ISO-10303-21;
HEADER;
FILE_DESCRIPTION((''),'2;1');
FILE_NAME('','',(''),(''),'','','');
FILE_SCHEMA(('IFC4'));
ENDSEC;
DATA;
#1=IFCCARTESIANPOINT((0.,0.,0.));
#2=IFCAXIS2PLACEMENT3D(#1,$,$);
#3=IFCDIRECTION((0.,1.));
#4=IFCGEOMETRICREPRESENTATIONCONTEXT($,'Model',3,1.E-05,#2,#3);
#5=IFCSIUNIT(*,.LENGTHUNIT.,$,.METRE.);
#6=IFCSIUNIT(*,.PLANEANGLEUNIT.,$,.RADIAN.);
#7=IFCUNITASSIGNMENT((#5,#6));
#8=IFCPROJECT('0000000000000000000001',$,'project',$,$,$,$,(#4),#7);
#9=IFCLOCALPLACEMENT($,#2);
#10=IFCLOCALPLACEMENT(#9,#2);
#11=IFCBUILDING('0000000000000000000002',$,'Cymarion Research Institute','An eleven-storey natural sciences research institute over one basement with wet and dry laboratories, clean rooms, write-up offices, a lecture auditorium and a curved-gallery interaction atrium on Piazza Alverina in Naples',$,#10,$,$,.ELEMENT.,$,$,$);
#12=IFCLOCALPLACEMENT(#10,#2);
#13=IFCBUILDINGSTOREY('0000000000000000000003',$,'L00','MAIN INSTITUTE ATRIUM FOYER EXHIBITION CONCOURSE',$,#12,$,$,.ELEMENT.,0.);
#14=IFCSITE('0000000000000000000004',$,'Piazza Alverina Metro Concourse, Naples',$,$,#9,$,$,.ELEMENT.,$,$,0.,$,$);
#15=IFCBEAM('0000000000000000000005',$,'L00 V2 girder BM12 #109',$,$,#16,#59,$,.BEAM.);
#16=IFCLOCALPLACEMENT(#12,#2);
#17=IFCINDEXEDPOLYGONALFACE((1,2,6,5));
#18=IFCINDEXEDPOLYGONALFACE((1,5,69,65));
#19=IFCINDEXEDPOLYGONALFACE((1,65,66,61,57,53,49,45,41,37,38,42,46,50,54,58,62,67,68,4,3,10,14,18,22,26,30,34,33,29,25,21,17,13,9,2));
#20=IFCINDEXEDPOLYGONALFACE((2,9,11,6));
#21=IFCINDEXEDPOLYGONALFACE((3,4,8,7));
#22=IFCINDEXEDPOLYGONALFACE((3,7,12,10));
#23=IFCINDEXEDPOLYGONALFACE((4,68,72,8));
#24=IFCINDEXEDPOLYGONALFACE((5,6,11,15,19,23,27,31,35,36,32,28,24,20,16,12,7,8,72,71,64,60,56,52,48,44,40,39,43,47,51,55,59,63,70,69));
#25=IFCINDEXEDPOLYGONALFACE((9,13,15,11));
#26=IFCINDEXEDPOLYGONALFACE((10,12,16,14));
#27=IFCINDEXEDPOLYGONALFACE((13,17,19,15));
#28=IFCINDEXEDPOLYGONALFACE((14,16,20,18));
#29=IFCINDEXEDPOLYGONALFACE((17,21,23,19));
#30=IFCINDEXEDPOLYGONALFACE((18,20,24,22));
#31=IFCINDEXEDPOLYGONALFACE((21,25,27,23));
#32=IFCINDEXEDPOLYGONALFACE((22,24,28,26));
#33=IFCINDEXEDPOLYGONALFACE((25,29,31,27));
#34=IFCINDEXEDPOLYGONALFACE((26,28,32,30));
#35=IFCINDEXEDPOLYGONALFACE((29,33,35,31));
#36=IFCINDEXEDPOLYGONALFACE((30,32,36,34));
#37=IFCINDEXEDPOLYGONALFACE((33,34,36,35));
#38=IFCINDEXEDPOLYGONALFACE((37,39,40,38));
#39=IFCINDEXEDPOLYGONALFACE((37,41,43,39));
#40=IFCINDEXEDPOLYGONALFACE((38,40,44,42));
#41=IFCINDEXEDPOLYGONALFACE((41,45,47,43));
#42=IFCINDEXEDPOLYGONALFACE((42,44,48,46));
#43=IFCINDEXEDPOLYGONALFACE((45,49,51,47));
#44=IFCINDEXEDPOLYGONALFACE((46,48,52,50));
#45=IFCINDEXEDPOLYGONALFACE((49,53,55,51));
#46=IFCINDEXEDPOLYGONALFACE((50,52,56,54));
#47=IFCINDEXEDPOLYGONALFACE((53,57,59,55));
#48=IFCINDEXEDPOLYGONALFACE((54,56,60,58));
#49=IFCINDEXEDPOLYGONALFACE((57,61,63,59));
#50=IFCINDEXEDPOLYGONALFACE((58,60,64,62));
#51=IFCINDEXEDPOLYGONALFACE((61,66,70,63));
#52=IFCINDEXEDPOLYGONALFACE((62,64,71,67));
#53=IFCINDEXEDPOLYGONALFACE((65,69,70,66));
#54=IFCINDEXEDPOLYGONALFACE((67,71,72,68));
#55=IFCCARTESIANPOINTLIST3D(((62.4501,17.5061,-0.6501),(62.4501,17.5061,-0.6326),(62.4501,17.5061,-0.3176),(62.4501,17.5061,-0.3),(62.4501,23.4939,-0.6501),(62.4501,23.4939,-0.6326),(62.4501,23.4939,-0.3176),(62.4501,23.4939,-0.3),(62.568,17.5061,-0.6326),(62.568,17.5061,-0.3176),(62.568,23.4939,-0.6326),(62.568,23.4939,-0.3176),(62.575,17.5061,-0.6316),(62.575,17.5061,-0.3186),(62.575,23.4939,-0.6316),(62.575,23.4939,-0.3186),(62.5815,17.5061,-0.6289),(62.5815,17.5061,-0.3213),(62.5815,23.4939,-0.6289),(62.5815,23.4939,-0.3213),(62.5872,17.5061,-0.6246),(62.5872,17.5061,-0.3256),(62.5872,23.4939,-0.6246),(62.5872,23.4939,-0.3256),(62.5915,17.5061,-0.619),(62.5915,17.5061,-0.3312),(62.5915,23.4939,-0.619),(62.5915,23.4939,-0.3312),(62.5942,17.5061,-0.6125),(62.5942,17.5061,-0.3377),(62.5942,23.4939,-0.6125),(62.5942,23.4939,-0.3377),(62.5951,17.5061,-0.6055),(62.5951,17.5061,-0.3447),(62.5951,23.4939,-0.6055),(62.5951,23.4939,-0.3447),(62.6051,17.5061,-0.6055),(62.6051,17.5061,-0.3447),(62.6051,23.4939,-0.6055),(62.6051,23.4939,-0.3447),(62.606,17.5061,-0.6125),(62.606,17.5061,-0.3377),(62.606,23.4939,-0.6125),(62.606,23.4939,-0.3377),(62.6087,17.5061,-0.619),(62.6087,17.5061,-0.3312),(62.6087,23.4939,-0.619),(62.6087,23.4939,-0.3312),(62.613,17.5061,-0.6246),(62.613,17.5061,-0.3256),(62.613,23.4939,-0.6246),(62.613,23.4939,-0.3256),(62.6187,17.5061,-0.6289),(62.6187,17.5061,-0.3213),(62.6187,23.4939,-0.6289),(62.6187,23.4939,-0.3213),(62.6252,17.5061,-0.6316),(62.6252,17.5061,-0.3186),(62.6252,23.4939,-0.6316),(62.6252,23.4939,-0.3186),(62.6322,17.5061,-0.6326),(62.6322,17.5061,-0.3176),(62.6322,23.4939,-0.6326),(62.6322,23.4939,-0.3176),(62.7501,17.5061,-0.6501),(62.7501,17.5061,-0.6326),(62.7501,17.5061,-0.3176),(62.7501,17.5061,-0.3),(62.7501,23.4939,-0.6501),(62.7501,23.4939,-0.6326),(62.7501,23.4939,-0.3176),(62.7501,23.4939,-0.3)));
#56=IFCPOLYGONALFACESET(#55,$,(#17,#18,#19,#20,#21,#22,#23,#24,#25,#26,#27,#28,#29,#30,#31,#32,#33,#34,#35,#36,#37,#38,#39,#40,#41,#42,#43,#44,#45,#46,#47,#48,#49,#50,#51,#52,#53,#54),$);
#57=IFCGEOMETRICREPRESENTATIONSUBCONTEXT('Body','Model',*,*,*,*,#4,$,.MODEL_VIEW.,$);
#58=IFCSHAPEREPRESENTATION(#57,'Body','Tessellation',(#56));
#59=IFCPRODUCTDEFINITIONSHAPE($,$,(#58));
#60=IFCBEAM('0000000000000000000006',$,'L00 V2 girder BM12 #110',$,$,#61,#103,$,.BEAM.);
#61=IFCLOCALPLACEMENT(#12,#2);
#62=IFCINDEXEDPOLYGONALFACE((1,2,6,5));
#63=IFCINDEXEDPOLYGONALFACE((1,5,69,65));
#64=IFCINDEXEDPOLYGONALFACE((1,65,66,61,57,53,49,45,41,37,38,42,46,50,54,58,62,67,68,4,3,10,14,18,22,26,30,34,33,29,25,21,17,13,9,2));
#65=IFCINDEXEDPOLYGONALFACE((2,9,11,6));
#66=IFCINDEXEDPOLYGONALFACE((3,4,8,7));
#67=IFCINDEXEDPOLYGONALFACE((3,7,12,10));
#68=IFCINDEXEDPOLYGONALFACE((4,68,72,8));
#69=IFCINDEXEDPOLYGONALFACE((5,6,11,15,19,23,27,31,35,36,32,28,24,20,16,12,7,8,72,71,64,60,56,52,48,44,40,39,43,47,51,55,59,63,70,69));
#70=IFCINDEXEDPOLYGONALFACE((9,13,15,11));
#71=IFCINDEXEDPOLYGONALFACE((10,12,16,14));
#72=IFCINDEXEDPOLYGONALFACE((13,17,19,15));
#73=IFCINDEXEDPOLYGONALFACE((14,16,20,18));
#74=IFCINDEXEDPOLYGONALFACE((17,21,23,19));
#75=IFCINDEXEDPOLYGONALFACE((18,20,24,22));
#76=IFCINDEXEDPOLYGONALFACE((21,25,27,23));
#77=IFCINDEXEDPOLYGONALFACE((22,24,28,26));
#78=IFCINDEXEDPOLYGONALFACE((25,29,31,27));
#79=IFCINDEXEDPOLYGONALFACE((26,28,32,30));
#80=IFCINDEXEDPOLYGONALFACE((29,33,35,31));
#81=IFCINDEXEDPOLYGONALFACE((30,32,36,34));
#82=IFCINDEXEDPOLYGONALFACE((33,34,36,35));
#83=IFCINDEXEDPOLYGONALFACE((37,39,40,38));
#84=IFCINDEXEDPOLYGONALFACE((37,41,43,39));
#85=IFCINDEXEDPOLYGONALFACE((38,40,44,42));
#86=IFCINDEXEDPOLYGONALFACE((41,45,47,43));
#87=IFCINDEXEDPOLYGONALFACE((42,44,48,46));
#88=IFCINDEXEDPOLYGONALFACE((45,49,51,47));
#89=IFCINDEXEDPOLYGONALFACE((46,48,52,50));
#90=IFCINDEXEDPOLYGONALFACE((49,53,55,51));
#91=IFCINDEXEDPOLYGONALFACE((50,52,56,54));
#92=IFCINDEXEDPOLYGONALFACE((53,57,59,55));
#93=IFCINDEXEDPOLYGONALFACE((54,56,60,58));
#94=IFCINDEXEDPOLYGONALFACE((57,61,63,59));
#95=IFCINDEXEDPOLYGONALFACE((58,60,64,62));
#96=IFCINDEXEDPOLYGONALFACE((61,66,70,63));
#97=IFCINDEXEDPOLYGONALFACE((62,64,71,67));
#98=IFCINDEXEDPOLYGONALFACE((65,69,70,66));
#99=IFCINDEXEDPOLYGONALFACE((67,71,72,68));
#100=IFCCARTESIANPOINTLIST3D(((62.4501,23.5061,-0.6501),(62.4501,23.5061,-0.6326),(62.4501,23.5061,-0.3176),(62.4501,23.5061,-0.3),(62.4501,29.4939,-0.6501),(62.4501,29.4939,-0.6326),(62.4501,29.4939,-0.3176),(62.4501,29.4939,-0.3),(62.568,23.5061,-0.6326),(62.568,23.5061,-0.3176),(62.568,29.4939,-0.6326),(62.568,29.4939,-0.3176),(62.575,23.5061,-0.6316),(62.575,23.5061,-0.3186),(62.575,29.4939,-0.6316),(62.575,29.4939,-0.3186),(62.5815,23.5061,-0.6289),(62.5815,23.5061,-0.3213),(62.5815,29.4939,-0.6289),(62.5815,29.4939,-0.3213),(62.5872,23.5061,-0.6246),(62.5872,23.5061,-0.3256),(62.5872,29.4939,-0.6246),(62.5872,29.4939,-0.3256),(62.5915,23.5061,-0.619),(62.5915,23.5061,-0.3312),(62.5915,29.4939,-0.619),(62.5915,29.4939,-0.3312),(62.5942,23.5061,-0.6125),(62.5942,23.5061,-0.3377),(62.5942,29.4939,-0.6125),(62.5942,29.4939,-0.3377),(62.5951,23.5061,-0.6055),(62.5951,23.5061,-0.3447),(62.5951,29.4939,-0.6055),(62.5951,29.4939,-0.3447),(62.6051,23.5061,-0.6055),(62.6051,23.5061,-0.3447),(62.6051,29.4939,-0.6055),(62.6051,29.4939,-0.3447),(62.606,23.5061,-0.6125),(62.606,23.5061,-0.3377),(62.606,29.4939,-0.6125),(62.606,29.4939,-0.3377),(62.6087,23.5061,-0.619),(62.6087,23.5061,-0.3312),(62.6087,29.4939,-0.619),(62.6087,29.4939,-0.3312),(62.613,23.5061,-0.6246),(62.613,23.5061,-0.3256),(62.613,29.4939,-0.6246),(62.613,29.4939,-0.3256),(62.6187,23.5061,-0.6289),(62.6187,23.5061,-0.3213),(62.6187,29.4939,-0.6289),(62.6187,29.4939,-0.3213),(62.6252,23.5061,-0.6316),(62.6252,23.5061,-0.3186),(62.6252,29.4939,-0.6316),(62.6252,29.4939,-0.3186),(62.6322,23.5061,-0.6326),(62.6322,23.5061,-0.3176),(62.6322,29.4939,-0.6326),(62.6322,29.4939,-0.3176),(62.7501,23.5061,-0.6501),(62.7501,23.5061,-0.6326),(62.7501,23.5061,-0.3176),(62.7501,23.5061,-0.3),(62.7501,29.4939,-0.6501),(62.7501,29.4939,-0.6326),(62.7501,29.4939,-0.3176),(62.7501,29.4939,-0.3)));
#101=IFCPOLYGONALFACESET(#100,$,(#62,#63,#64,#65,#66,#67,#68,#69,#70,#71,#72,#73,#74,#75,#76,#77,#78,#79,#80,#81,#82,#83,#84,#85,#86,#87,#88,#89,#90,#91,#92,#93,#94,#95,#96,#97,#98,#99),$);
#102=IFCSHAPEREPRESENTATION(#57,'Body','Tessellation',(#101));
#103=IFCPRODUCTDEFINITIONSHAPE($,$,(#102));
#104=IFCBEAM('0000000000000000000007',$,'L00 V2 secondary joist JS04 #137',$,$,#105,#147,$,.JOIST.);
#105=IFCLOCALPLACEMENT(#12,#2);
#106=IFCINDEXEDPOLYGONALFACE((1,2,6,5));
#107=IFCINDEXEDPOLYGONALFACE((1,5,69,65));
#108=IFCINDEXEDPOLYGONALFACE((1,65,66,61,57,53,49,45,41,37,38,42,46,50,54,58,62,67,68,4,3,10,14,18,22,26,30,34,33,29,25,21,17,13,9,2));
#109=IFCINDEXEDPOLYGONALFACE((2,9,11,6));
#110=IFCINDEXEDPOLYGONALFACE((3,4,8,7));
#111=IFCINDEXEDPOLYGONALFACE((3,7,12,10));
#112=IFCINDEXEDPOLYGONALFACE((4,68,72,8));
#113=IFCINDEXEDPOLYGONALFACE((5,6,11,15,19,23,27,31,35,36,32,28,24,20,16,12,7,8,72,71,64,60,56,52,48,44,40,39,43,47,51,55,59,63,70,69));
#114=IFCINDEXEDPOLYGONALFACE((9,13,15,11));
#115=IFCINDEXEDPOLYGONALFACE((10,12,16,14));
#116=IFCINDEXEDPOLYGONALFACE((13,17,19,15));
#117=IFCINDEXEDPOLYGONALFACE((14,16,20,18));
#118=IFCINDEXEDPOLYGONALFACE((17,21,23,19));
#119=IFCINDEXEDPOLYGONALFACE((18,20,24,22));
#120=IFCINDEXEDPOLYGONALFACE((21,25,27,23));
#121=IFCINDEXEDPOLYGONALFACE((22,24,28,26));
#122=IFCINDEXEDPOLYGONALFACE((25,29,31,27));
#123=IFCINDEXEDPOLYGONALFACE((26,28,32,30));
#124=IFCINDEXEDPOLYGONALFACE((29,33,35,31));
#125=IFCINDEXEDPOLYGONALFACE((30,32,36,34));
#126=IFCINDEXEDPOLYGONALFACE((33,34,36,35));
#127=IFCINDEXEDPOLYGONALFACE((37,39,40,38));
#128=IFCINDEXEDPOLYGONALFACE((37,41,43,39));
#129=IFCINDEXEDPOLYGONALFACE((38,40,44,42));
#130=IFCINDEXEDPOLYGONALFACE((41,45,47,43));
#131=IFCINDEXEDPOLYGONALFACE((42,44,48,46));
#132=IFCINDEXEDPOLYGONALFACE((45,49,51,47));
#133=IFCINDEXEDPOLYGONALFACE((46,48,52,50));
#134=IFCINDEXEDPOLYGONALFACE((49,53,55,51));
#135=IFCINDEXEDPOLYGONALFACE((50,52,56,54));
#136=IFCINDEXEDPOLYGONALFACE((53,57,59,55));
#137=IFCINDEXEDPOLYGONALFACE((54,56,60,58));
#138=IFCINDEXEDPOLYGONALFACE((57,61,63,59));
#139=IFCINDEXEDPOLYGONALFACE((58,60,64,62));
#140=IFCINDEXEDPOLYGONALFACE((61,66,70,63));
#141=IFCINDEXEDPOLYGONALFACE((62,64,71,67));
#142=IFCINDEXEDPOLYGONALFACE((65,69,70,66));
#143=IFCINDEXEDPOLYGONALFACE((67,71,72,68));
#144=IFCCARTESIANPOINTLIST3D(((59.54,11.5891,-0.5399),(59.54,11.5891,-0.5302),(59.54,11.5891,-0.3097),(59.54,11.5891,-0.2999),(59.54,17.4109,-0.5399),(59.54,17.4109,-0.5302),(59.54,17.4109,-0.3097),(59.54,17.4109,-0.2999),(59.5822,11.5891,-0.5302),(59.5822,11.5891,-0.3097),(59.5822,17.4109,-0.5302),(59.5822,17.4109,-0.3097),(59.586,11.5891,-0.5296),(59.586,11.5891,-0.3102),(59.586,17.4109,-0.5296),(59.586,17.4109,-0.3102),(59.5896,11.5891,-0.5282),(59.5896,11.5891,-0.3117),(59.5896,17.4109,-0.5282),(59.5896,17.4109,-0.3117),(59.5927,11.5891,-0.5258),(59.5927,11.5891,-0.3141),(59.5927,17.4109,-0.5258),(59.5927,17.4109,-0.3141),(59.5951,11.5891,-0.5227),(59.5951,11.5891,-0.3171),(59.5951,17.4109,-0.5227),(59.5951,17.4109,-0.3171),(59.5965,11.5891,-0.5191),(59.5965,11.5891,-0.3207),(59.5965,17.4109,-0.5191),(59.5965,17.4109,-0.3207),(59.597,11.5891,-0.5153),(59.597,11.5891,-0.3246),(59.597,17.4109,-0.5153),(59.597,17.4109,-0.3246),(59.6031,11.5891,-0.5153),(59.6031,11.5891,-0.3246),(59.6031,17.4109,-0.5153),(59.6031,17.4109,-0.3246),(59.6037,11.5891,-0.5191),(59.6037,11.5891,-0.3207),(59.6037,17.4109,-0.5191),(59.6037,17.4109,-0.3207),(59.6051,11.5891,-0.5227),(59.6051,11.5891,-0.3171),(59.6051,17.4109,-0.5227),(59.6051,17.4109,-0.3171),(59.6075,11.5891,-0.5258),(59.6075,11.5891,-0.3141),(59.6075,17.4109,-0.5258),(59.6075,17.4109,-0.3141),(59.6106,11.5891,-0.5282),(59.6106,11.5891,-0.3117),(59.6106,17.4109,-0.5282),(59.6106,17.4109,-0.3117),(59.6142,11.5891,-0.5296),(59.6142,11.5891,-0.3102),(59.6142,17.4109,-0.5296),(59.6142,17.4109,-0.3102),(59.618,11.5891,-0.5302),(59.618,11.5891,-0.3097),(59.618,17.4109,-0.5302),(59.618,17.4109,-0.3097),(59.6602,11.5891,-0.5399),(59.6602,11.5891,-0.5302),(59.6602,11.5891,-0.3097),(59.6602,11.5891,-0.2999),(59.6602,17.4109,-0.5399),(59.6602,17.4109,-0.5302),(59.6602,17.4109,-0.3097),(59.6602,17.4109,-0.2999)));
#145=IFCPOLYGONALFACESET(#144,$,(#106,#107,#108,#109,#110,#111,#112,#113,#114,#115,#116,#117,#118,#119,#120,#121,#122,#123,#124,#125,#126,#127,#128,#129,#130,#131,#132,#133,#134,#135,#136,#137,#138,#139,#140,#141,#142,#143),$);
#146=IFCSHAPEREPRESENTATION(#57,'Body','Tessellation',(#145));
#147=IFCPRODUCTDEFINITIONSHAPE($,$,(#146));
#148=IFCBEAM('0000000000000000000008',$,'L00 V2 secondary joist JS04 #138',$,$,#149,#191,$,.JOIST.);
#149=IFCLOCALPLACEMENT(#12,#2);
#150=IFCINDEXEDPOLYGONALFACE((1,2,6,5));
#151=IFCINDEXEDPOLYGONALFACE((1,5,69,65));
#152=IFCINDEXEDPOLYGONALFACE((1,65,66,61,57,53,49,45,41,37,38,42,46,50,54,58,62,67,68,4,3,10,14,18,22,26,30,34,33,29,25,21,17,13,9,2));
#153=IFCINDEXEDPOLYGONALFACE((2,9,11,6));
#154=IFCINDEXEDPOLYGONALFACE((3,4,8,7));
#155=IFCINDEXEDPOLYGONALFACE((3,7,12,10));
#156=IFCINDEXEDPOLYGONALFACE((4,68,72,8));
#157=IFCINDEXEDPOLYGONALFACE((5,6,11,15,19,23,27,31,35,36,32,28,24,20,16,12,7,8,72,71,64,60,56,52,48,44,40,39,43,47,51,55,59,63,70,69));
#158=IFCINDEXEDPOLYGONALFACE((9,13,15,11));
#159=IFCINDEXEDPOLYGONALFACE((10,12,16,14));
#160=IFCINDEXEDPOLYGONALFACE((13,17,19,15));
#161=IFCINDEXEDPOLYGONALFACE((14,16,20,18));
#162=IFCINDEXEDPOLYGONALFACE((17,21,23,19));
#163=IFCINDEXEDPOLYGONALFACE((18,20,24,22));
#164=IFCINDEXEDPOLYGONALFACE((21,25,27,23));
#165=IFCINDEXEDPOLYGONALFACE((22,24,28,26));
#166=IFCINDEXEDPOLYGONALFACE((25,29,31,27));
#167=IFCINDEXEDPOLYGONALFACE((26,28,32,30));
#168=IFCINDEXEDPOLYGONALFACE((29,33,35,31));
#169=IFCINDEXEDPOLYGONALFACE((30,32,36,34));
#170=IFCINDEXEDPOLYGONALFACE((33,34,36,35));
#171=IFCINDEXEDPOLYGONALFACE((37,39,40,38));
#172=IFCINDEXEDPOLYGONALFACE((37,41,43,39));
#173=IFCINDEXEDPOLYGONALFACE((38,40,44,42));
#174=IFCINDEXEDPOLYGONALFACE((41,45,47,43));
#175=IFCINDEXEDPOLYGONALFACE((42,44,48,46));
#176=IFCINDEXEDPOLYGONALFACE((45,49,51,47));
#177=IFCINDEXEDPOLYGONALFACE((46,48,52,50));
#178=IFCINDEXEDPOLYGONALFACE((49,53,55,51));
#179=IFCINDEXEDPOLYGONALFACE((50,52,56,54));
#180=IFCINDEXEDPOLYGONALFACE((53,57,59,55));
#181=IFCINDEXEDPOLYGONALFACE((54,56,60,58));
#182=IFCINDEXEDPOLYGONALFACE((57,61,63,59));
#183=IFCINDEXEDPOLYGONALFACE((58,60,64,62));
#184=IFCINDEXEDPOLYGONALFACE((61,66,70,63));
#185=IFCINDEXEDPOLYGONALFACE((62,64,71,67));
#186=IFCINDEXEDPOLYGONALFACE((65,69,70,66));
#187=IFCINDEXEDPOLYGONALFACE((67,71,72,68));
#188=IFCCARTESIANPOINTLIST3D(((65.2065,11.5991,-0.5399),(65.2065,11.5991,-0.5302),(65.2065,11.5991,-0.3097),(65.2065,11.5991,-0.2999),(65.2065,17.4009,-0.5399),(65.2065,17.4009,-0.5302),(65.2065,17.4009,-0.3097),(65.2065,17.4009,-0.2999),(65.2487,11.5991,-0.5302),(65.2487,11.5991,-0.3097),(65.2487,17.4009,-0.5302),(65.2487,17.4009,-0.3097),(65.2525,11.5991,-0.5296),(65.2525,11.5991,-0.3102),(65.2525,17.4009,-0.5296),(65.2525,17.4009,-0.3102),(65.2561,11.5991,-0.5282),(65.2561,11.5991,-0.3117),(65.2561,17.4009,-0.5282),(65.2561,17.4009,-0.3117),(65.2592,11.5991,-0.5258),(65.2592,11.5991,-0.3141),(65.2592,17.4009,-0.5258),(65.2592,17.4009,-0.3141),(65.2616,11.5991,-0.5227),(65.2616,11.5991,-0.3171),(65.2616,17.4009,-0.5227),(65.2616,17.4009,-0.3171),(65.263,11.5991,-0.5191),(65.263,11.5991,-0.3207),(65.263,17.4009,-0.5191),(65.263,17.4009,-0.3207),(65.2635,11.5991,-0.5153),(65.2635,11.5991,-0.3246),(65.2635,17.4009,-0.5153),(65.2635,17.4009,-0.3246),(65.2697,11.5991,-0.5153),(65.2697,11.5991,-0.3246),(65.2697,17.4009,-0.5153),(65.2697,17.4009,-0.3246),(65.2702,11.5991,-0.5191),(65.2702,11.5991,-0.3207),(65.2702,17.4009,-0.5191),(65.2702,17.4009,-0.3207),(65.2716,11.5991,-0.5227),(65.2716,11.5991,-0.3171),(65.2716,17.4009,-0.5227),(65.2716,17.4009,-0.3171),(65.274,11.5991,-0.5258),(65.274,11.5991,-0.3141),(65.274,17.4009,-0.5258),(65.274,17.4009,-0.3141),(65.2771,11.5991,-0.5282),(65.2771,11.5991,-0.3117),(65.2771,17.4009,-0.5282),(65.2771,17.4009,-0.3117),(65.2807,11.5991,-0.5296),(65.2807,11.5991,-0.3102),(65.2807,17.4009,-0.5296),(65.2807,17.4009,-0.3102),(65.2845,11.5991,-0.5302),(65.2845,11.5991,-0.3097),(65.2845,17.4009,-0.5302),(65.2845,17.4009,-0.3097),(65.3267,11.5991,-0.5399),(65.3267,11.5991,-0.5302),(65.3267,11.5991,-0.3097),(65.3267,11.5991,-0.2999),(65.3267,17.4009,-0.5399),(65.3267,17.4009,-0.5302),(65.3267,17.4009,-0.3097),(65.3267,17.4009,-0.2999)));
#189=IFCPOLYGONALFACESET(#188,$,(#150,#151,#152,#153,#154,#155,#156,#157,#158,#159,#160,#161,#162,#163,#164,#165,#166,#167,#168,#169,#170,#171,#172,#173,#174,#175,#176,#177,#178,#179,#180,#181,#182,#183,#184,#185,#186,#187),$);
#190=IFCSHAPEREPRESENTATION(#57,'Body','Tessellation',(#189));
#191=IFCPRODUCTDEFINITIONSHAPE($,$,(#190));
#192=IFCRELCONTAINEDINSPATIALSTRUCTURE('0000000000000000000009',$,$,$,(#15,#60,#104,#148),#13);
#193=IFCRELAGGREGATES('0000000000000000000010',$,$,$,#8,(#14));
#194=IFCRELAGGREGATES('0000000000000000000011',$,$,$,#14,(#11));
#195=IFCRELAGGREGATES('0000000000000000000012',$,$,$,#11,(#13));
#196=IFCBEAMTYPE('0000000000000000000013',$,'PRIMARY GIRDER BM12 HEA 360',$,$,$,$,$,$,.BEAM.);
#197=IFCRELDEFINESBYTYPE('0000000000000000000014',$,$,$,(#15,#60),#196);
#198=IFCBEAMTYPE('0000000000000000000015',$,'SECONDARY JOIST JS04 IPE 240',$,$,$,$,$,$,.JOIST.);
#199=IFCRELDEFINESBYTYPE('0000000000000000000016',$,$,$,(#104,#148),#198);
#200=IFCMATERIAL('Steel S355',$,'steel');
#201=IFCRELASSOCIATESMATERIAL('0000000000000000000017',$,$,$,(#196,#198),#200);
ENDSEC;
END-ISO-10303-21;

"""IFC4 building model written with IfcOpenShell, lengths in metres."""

from ifc_helpers import new_model, si_unit, direction, frame, origin, origin_2d, place, context, subcontext, project, spatial, i_section, extrude, material, material_profile, profile_set, type_object, element, save


model = new_model("IFC4")

# Units and contexts
model_context = context("Model", 3, precision=1e-05, world=origin(), true_north=direction((0.0, 1.0)))
body_context = subcontext(model_context, "Body", "Model", "MODEL_VIEW")
ifc_project = project(units=[si_unit("LENGTHUNIT", "METRE"), si_unit("PLANEANGLEUNIT", "RADIAN")], contexts=[model_context])

# Site, building, storey
site_placement = place(None, origin())
site = spatial("IfcSite", under=ifc_project, at=site_placement, Name="Piazza Alverina Metro Concourse, Naples", CompositionType="ELEMENT", RefElevation=0.0)
building_placement = place(site_placement, origin())
building = spatial("IfcBuilding", under=site, at=building_placement, Name="Cymarion Research Institute", Description="An eleven-storey natural sciences research institute over one basement with wet and dry laboratories, clean rooms, write-up offices, a lecture auditorium and a curved-gallery interaction atrium on Piazza Alverina in Naples", CompositionType="ELEMENT")
storey_placement = place(building_placement, origin())
storey = spatial("IfcBuildingStorey", under=building, at=storey_placement, Name="L00", Description="MAIN INSTITUTE ATRIUM FOYER EXHIBITION CONCOURSE", CompositionType="ELEMENT", Elevation=0.0)

# Shared definitions
ifc_material_1 = material(Name="Steel S355", Category="steel")

# Beams
ifc_material_profile_1 = material_profile(ifc_material_1, i_section(OverallWidth=0.3, OverallDepth=0.3501, WebThickness=0.01, FlangeThickness=0.0176, FilletRadius=0.0271, at=origin_2d()), Name="HEA 360")
ifc_profile_set_1 = profile_set([ifc_material_profile_1], Name="Steel S355")
beam_type_1 = type_object("IfcBeamType", Name="PRIMARY GIRDER BM12 HEA 360", PredefinedType="BEAM", material=ifc_profile_set_1)
for number, where, z_axis, x_axis, name in (
    (1, (62.6001, 17.5061, -0.4751), (0.0, 1.0, 0.0), (-1.0, 0.0, 0.0), "L00 V2 girder BM12 #109"),
    (2, (62.6001, 23.5061, -0.4751), (0.0, 1.0, 0.0), (-1.0, 0.0, 0.0), "L00 V2 girder BM12 #110"),
):
    element("IfcBeam", number, at=place(storey_placement, frame(where, z_axis=z_axis, x_axis=x_axis)), inside=storey, type_object=beam_type_1, Name=name, PredefinedType="BEAM", context=body_context, shape_type="SweptSolid", body=[
        extrude(i_section(OverallWidth=0.3, OverallDepth=0.3501, WebThickness=0.01, FlangeThickness=0.0176, FilletRadius=0.0271, at=origin_2d()), origin(), (0.0, 0.0, 1.0), 5.9878),
    ])
ifc_material_profile_2 = material_profile(ifc_material_1, i_section(OverallWidth=0.1201, OverallDepth=0.24, WebThickness=0.0061, FlangeThickness=0.0098, FilletRadius=0.0149, at=origin_2d()), Name="IPE 240")
ifc_profile_set_2 = profile_set([ifc_material_profile_2], Name="Steel S355")
beam_type_2 = type_object("IfcBeamType", Name="SECONDARY JOIST JS04 IPE 240", PredefinedType="JOIST", material=ifc_profile_set_2)
beam_1_placement = place(storey_placement, frame((59.6001, 11.5891, -0.4199), z_axis=(0.0, 1.0, 0.0), x_axis=(-1.0, 0.0, 0.0)))
element("IfcBeam", 3, at=beam_1_placement, inside=storey, type_object=beam_type_2, Name="L00 V2 secondary joist JS04 #137", PredefinedType="JOIST", context=body_context, shape_type="SweptSolid", body=[
    extrude(i_section(OverallWidth=0.1201, OverallDepth=0.24, WebThickness=0.0061, FlangeThickness=0.0098, FilletRadius=0.0149, at=origin_2d()), origin(), (0.0, 0.0, 1.0), 5.8218),
])
for number, where, z_axis, x_axis, name in (
    (4, (65.2666, 11.5991, -0.4199), (0.0, 1.0, 0.0), (-1.0, 0.0, 0.0), "L00 V2 secondary joist JS04 #138"),
):
    element("IfcBeam", number, at=place(storey_placement, frame(where, z_axis=z_axis, x_axis=x_axis)), inside=storey, type_object=beam_type_2, Name=name, PredefinedType="JOIST", context=body_context, shape_type="SweptSolid", body=[
        extrude(i_section(OverallWidth=0.1201, OverallDepth=0.24, WebThickness=0.0061, FlangeThickness=0.0098, FilletRadius=0.0149, at=origin_2d()), origin(), (0.0, 0.0, 1.0), 5.8018),
    ])

save(model, "model.ifc")
